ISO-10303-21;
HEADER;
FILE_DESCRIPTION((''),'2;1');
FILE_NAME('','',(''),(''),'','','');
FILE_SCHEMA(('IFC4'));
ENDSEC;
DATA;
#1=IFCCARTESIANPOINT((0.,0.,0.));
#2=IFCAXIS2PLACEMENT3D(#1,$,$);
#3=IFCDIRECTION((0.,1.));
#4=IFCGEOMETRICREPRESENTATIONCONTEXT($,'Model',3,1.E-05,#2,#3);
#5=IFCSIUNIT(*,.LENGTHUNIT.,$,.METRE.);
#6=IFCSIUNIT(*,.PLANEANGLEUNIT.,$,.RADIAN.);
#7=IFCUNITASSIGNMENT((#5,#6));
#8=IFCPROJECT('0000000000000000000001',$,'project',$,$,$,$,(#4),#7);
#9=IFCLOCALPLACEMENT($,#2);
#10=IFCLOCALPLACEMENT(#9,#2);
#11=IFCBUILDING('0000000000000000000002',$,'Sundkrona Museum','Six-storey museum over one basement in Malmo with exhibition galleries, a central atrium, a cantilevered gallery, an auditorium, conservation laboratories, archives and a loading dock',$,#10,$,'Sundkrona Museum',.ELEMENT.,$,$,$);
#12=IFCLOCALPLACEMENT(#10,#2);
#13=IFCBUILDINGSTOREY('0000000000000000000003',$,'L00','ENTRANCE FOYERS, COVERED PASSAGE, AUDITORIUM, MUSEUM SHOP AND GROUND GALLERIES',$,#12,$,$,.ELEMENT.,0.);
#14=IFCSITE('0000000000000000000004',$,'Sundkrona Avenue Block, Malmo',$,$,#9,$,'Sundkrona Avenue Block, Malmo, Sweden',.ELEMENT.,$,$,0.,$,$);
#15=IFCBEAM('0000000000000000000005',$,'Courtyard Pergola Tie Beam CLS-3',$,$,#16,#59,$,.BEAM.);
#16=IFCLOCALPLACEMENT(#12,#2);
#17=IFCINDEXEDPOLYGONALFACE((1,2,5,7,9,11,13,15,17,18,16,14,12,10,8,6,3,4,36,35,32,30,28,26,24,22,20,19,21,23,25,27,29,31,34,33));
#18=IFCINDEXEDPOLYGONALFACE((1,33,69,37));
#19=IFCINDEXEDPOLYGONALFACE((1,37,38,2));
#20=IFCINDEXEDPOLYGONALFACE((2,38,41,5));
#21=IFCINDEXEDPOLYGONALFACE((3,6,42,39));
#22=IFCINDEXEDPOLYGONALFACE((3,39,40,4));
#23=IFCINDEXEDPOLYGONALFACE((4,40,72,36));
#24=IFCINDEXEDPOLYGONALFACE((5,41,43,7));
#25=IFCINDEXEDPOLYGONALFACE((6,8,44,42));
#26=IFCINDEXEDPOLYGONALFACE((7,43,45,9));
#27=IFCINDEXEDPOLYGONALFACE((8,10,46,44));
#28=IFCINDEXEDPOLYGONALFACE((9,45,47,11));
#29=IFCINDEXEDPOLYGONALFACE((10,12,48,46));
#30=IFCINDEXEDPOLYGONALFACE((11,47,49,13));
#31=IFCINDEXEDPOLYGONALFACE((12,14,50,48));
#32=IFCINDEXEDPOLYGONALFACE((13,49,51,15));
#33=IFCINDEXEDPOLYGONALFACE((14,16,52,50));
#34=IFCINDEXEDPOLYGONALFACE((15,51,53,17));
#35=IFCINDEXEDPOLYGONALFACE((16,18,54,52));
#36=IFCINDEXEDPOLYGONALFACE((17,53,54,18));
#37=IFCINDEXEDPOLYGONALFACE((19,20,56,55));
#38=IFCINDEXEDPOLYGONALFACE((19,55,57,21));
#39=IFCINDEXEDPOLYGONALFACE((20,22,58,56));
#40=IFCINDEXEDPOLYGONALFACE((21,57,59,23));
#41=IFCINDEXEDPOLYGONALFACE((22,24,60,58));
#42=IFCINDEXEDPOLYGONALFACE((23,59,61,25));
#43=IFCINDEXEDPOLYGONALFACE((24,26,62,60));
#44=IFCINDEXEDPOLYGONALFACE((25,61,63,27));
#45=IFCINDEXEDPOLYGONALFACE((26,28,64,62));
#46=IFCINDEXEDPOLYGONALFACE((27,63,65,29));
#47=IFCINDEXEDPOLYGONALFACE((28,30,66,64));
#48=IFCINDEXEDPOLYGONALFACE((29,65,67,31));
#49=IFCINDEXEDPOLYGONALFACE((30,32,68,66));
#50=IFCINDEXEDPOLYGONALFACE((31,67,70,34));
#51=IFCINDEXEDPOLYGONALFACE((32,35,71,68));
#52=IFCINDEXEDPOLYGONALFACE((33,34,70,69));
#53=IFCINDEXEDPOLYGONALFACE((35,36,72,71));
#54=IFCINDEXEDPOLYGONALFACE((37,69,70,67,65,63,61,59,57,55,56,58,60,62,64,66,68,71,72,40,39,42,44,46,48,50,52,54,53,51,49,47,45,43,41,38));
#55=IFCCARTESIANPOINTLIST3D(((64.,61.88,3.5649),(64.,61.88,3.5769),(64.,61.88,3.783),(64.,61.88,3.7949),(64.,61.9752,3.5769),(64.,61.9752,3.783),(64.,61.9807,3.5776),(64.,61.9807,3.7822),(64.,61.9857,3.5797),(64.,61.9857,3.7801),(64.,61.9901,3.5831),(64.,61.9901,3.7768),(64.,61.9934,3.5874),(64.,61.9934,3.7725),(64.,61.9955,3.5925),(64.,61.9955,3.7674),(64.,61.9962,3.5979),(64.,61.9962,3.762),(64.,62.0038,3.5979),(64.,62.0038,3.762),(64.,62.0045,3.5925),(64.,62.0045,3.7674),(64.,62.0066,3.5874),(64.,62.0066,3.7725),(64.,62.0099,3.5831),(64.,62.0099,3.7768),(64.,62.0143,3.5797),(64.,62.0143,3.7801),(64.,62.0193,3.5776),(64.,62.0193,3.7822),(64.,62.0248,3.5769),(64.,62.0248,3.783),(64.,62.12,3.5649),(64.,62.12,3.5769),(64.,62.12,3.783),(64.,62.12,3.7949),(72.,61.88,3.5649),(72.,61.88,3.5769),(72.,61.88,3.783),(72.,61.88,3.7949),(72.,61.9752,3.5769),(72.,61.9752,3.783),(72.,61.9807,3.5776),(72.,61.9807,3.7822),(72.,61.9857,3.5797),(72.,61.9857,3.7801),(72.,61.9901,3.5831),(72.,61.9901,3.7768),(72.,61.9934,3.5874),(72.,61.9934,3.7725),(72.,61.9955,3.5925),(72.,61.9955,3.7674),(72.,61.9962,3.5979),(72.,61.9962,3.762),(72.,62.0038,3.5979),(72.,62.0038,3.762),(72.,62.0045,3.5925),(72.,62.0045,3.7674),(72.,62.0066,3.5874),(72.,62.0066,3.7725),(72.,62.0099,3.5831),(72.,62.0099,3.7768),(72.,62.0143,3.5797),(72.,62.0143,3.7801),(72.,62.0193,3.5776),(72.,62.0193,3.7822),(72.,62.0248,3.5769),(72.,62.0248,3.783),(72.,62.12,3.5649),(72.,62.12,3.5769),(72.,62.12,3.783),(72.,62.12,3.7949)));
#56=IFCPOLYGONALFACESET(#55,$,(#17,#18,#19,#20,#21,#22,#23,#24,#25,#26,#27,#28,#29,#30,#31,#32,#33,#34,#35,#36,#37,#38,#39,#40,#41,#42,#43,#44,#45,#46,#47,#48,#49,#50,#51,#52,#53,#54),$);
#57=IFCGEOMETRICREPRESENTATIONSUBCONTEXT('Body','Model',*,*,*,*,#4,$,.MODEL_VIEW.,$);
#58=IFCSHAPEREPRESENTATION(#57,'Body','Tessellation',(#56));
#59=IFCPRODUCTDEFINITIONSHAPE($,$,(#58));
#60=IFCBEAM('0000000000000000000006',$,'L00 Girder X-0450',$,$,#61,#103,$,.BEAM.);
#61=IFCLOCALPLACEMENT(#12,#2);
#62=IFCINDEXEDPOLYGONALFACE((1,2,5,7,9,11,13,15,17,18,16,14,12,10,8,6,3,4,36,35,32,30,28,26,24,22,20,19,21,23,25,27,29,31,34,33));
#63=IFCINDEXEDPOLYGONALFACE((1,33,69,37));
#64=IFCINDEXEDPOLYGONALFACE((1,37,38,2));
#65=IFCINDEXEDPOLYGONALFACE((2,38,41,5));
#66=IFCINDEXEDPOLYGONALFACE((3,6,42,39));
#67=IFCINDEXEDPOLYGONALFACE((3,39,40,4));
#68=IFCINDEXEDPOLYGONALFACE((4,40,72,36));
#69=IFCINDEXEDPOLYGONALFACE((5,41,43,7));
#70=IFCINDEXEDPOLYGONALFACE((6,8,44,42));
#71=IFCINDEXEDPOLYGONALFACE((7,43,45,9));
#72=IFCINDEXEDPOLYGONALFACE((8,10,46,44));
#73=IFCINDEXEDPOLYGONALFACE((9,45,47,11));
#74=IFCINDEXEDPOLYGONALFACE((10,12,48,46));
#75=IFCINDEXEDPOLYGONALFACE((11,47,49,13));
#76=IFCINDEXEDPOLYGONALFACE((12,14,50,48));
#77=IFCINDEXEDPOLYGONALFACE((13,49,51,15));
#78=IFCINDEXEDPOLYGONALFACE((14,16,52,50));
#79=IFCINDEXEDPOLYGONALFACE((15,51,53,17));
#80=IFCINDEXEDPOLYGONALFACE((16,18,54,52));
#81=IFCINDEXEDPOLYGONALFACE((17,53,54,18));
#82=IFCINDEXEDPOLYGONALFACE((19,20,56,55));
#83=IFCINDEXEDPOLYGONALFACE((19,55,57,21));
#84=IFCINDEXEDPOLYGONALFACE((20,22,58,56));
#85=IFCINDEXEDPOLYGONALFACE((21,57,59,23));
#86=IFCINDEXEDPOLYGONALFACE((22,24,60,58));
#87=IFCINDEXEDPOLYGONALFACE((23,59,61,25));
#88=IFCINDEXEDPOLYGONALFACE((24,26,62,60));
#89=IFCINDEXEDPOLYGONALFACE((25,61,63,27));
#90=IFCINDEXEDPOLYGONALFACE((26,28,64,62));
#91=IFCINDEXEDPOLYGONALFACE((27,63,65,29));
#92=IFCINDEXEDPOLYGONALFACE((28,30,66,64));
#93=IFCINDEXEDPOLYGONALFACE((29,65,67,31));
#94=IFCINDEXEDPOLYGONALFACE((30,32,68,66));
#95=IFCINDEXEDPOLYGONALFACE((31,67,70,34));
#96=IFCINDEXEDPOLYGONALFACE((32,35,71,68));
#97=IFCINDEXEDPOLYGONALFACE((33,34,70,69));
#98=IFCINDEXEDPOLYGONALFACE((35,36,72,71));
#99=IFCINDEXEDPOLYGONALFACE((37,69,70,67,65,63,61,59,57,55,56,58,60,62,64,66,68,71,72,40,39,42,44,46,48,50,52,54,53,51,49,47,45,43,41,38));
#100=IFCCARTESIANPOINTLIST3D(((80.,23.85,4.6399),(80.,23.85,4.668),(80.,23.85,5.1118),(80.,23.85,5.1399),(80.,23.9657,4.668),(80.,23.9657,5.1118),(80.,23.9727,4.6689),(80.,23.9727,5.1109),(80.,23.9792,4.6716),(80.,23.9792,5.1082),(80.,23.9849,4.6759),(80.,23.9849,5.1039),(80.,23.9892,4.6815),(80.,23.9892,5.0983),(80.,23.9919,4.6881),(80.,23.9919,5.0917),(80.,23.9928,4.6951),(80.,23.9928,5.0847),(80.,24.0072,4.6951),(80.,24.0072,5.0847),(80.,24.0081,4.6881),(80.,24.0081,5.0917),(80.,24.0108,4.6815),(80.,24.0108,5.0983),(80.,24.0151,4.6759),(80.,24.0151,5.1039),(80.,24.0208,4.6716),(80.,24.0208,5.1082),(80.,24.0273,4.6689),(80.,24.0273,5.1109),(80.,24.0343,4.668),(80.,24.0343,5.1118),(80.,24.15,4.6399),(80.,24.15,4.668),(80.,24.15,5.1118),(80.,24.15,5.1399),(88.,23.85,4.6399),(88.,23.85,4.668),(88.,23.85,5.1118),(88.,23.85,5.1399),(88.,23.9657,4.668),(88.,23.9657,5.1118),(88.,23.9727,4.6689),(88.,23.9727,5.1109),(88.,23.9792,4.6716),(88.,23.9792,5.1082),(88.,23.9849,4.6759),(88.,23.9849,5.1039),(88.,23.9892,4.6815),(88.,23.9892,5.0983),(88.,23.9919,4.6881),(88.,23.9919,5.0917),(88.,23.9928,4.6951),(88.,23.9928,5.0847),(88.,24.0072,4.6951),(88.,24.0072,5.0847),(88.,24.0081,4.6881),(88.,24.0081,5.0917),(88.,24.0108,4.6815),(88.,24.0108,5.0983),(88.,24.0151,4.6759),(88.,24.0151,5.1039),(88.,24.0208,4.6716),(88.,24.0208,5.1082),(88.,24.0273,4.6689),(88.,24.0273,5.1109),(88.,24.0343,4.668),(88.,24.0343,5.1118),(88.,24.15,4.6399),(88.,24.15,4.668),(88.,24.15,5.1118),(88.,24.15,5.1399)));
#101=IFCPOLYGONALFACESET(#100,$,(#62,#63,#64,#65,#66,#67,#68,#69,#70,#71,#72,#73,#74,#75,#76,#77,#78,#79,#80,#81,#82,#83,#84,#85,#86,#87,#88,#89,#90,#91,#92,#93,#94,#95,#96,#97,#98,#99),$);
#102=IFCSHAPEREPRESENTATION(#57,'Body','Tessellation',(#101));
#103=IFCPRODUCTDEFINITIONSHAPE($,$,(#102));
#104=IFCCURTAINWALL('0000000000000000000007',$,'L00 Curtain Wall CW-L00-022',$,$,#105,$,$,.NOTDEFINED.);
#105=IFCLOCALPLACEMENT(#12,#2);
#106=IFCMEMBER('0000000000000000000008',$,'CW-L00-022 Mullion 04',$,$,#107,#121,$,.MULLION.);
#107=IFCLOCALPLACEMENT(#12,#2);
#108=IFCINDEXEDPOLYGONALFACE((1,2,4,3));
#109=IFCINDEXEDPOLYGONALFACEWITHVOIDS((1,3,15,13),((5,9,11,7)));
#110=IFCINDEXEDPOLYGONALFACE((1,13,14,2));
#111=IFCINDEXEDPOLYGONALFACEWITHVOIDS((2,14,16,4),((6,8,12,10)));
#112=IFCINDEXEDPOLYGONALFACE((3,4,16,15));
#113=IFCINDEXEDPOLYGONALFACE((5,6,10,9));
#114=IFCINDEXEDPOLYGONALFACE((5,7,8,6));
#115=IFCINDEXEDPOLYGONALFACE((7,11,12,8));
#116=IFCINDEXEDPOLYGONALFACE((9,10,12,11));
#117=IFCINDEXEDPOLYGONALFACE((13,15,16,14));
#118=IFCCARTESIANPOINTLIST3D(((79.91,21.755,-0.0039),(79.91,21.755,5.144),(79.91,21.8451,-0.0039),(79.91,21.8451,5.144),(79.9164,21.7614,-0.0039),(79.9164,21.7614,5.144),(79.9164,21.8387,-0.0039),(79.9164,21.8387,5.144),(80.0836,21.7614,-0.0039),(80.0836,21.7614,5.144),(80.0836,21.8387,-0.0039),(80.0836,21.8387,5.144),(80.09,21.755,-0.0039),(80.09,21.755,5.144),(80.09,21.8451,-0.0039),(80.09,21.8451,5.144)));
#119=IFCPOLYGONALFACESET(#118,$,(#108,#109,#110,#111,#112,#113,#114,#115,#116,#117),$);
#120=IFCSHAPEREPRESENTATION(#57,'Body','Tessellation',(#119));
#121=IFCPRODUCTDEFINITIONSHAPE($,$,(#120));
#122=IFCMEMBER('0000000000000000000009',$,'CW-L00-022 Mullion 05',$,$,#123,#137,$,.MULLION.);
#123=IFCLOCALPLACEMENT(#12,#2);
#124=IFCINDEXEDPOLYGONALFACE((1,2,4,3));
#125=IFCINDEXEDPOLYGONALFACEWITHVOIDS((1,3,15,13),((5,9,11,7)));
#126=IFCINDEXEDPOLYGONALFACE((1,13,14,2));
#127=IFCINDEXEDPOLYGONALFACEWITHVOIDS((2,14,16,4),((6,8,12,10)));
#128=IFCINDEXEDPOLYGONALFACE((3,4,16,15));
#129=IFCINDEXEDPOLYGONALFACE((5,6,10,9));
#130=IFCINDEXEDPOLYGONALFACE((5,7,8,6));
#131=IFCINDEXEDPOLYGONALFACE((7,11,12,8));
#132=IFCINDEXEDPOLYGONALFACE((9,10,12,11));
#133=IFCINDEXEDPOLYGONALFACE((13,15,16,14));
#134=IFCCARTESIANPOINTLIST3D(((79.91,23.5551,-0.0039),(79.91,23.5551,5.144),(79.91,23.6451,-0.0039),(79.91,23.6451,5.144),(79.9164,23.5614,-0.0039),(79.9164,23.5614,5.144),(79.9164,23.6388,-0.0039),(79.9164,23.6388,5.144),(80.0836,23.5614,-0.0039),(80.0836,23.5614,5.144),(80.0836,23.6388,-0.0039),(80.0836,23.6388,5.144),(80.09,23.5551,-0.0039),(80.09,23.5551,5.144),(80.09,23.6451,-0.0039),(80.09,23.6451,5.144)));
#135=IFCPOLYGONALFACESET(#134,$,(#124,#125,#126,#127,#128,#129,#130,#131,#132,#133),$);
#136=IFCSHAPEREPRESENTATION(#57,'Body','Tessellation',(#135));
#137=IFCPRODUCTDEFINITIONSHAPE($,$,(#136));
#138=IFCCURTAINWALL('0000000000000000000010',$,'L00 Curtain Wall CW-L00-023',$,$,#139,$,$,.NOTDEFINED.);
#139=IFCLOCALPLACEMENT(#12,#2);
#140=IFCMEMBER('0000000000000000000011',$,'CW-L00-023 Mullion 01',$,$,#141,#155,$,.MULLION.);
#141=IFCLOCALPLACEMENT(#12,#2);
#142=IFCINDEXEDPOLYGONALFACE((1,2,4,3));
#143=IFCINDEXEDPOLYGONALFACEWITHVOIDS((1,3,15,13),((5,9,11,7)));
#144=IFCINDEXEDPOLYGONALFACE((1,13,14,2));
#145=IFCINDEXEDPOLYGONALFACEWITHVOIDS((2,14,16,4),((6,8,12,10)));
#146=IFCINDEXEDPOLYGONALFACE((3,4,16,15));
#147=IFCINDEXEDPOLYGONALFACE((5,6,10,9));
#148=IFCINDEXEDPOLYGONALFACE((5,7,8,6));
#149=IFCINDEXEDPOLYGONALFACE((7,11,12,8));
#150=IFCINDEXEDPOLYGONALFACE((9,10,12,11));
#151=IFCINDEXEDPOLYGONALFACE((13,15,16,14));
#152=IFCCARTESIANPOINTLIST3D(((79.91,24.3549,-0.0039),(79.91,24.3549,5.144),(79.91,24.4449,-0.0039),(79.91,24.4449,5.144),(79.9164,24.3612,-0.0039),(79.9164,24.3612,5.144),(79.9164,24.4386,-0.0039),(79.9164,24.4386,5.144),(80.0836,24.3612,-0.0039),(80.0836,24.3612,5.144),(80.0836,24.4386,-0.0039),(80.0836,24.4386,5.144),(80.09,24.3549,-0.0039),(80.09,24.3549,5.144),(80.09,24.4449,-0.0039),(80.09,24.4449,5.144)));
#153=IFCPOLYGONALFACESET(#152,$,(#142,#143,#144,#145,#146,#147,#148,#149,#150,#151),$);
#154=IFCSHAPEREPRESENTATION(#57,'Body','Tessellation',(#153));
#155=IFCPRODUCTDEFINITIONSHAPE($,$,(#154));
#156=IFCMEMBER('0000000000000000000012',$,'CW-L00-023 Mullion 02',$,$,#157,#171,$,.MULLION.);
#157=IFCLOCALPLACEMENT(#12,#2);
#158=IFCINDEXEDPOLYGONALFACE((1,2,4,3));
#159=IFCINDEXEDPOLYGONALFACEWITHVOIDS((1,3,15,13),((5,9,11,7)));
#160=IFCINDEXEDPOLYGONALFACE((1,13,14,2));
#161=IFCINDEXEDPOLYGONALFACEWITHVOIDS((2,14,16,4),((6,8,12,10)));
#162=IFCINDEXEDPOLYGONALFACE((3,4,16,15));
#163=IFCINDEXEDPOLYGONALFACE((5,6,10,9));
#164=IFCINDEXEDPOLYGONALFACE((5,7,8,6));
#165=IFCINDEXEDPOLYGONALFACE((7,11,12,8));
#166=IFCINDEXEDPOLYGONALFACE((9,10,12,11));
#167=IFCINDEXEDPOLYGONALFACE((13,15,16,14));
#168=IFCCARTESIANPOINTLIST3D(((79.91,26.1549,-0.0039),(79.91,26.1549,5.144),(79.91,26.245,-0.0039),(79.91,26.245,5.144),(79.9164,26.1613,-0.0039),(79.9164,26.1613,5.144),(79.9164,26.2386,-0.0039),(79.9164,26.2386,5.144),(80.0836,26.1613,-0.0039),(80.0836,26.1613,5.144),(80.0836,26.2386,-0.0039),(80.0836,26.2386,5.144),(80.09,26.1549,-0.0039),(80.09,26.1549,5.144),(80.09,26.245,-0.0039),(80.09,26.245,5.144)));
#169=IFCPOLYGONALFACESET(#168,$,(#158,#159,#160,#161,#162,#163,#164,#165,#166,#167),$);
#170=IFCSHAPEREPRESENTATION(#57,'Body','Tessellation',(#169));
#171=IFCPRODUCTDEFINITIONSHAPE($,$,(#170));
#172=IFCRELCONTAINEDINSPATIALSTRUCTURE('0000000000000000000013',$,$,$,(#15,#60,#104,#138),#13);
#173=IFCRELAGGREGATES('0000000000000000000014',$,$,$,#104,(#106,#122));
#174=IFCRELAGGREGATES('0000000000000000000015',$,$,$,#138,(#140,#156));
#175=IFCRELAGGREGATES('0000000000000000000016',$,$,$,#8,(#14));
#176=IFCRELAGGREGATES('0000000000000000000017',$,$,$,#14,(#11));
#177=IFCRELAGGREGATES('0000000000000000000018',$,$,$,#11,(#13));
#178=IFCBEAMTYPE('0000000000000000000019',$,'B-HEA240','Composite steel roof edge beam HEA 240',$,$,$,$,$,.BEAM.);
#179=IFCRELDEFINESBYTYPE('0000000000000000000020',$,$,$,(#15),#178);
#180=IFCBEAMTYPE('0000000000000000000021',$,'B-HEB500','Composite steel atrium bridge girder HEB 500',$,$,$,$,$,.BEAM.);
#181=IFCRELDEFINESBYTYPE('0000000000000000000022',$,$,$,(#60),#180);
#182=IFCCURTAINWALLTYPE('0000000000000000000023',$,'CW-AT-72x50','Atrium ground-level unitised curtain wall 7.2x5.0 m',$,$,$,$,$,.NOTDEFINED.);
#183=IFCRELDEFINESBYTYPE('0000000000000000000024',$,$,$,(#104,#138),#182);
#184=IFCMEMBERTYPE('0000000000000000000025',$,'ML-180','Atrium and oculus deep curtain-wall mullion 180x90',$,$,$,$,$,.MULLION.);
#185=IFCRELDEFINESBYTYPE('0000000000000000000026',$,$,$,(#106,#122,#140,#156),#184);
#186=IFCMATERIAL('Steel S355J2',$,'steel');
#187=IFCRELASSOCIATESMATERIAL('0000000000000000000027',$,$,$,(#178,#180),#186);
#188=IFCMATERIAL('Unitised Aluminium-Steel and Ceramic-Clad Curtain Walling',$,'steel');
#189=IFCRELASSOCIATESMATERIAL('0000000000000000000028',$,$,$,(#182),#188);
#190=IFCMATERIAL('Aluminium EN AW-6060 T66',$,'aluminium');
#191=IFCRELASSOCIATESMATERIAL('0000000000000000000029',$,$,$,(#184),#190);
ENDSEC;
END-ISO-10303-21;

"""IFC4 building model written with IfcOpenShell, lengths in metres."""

from ifc_helpers import new_model, si_unit, direction, frame, origin, origin_2d, place, context, subcontext, project, spatial, hollow_rectangle, i_section, extrude, material, material_profile, profile_set, type_object, element, aggregate, save


model = new_model("IFC4")

# Units and contexts
model_context = context("Model", 3, precision=1e-05, world=origin(), true_north=direction((0.0, 1.0)))
body_context = subcontext(model_context, "Body", "Model", "MODEL_VIEW")
ifc_project = project(units=[si_unit("LENGTHUNIT", "METRE"), si_unit("PLANEANGLEUNIT", "RADIAN")], contexts=[model_context])

# Site, building, storey
site_placement = place(None, origin())
site = spatial("IfcSite", under=ifc_project, at=site_placement, Name="Sundkrona Avenue Block, Malmo", LongName="Sundkrona Avenue Block, Malmo, Sweden", CompositionType="ELEMENT", RefElevation=0.0)
building_placement = place(site_placement, origin())
building = spatial("IfcBuilding", under=site, at=building_placement, Name="Sundkrona Museum", Description="Six-storey museum over one basement in Malmo with exhibition galleries, a central atrium, a cantilevered gallery, an auditorium, conservation laboratories, archives and a loading dock", LongName="Sundkrona Museum", CompositionType="ELEMENT")
storey_placement = place(building_placement, origin())
storey = spatial("IfcBuildingStorey", under=building, at=storey_placement, Name="L00", Description="ENTRANCE FOYERS, COVERED PASSAGE, AUDITORIUM, MUSEUM SHOP AND GROUND GALLERIES", CompositionType="ELEMENT", Elevation=0.0)

# Shared definitions
ifc_material_1 = material(Name="Steel S355J2", Category="steel")

# Beams
ifc_material_profile_1 = material_profile(ifc_material_1, i_section(OverallWidth=0.24, OverallDepth=0.23, WebThickness=0.0076, FlangeThickness=0.012, FilletRadius=0.021, at=origin_2d()), Name="HEA 240")
ifc_profile_set_1 = profile_set([ifc_material_profile_1], Name="Steel S355J2")
beam_type_1 = type_object("IfcBeamType", Name="B-HEA240", Description="Composite steel roof edge beam HEA 240", PredefinedType="BEAM", material=ifc_profile_set_1)
for number, where, z_axis, x_axis, name in (
    (1, (64.0, 62.0, 3.6799), (1.0, 0.0, 0.0), (0.0, 1.0, 0.0), "Courtyard Pergola Tie Beam CLS-3"),
):
    element("IfcBeam", number, at=place(storey_placement, frame(where, z_axis=z_axis, x_axis=x_axis)), inside=storey, type_object=beam_type_1, Name=name, PredefinedType="BEAM", context=body_context, shape_type="SweptSolid", body=[
        extrude(i_section(OverallWidth=0.24, OverallDepth=0.23, WebThickness=0.0076, FlangeThickness=0.012, FilletRadius=0.021, at=origin_2d()), origin(), (0.0, 0.0, 1.0), 8.0),
    ])
ifc_material_profile_2 = material_profile(ifc_material_1, i_section(OverallWidth=0.3, OverallDepth=0.5, WebThickness=0.0144, FlangeThickness=0.0281, FilletRadius=0.0271, at=origin_2d()), Name="HEB 500")
ifc_profile_set_2 = profile_set([ifc_material_profile_2], Name="Steel S355J2")
beam_type_2 = type_object("IfcBeamType", Name="B-HEB500", Description="Composite steel atrium bridge girder HEB 500", PredefinedType="BEAM", material=ifc_profile_set_2)
beam_1_placement = place(storey_placement, frame((80.0, 24.0, 4.8899), z_axis=(1.0, 0.0, 0.0), x_axis=(0.0, 1.0, 0.0)))
element("IfcBeam", 2, at=beam_1_placement, inside=storey, type_object=beam_type_2, Name="L00 Girder X-0450", PredefinedType="BEAM", context=body_context, shape_type="SweptSolid", body=[
    extrude(i_section(OverallWidth=0.3, OverallDepth=0.5, WebThickness=0.0144, FlangeThickness=0.0281, FilletRadius=0.0271, at=origin_2d()), origin(), (0.0, 0.0, 1.0), 8.0),
])

# Curtain walls, members
ifc_material_2 = material(Name="Unitised Aluminium-Steel and Ceramic-Clad Curtain Walling", Category="steel")
curtain_wall_type = type_object("IfcCurtainWallType", Name="CW-AT-72x50", Description="Atrium ground-level unitised curtain wall 7.2x5.0 m", PredefinedType="NOTDEFINED", material=ifc_material_2)
curtain_wall_1_placement = place(storey_placement, origin())
curtain_wall_1 = element("IfcCurtainWall", 3, at=curtain_wall_1_placement, inside=storey, type_object=curtain_wall_type, Name="L00 Curtain Wall CW-L00-022", PredefinedType="NOTDEFINED")
ifc_material_3 = material(Name="Aluminium EN AW-6060 T66", Category="aluminium")
ifc_material_profile_3 = material_profile(ifc_material_3, hollow_rectangle(XDim=0.0901, YDim=0.1799, WallThickness=0.0063, at=origin_2d()), Name="RHS 180x90x6.3")
ifc_profile_set_3 = profile_set([ifc_material_profile_3], Name="Aluminium EN AW-6060 T66")
member_type_1 = type_object("IfcMemberType", Name="ML-180", Description="Atrium and oculus deep curtain-wall mullion 180x90", PredefinedType="MULLION", material=ifc_profile_set_3)
member_1_placement = place(storey_placement, frame((80.0, 21.8, -0.0039), z_axis=(0.0, 0.0, 1.0), x_axis=(0.0, 1.0, 0.0)))
member_1 = element("IfcMember", 4, at=member_1_placement, type_object=member_type_1, Name="CW-L00-022 Mullion 04", PredefinedType="MULLION", context=body_context, shape_type="SweptSolid", body=[
    extrude(hollow_rectangle(XDim=0.0901, YDim=0.1799, WallThickness=0.0063, at=origin_2d()), origin(), (0.0, 0.0, 1.0), 5.1479),
])
member_2_placement = place(storey_placement, frame((80.0, 23.6001, -0.0039), z_axis=(0.0, 0.0, 1.0), x_axis=(0.0, 1.0, 0.0)))
member_2 = element("IfcMember", 5, at=member_2_placement, type_object=member_type_1, Name="CW-L00-022 Mullion 05", PredefinedType="MULLION", context=body_context, shape_type="SweptSolid", body=[
    extrude(hollow_rectangle(XDim=0.0901, YDim=0.1799, WallThickness=0.0063, at=origin_2d()), origin(), (0.0, 0.0, 1.0), 5.1479),
])
curtain_wall_2_placement = place(storey_placement, origin())
curtain_wall_2 = element("IfcCurtainWall", 6, at=curtain_wall_2_placement, inside=storey, type_object=curtain_wall_type, Name="L00 Curtain Wall CW-L00-023", PredefinedType="NOTDEFINED")
member_3_placement = place(storey_placement, frame((80.0, 24.3999, -0.0039), z_axis=(0.0, 0.0, 1.0), x_axis=(0.0, 1.0, 0.0)))
member_3 = element("IfcMember", 7, at=member_3_placement, type_object=member_type_1, Name="CW-L00-023 Mullion 01", PredefinedType="MULLION", context=body_context, shape_type="SweptSolid", body=[
    extrude(hollow_rectangle(XDim=0.0901, YDim=0.1799, WallThickness=0.0063, at=origin_2d()), origin(), (0.0, 0.0, 1.0), 5.1479),
])
member_4_placement = place(storey_placement, frame((80.0, 26.2, -0.0039), z_axis=(0.0, 0.0, 1.0), x_axis=(0.0, 1.0, 0.0)))
member_4 = element("IfcMember", 8, at=member_4_placement, type_object=member_type_1, Name="CW-L00-023 Mullion 02", PredefinedType="MULLION", context=body_context, shape_type="SweptSolid", body=[
    extrude(hollow_rectangle(XDim=0.0901, YDim=0.1799, WallThickness=0.0063, at=origin_2d()), origin(), (0.0, 0.0, 1.0), 5.1479),
])

aggregate(curtain_wall_1, [member_1, member_2])
aggregate(curtain_wall_2, [member_3, member_4])

save(model, "model.ifc")
